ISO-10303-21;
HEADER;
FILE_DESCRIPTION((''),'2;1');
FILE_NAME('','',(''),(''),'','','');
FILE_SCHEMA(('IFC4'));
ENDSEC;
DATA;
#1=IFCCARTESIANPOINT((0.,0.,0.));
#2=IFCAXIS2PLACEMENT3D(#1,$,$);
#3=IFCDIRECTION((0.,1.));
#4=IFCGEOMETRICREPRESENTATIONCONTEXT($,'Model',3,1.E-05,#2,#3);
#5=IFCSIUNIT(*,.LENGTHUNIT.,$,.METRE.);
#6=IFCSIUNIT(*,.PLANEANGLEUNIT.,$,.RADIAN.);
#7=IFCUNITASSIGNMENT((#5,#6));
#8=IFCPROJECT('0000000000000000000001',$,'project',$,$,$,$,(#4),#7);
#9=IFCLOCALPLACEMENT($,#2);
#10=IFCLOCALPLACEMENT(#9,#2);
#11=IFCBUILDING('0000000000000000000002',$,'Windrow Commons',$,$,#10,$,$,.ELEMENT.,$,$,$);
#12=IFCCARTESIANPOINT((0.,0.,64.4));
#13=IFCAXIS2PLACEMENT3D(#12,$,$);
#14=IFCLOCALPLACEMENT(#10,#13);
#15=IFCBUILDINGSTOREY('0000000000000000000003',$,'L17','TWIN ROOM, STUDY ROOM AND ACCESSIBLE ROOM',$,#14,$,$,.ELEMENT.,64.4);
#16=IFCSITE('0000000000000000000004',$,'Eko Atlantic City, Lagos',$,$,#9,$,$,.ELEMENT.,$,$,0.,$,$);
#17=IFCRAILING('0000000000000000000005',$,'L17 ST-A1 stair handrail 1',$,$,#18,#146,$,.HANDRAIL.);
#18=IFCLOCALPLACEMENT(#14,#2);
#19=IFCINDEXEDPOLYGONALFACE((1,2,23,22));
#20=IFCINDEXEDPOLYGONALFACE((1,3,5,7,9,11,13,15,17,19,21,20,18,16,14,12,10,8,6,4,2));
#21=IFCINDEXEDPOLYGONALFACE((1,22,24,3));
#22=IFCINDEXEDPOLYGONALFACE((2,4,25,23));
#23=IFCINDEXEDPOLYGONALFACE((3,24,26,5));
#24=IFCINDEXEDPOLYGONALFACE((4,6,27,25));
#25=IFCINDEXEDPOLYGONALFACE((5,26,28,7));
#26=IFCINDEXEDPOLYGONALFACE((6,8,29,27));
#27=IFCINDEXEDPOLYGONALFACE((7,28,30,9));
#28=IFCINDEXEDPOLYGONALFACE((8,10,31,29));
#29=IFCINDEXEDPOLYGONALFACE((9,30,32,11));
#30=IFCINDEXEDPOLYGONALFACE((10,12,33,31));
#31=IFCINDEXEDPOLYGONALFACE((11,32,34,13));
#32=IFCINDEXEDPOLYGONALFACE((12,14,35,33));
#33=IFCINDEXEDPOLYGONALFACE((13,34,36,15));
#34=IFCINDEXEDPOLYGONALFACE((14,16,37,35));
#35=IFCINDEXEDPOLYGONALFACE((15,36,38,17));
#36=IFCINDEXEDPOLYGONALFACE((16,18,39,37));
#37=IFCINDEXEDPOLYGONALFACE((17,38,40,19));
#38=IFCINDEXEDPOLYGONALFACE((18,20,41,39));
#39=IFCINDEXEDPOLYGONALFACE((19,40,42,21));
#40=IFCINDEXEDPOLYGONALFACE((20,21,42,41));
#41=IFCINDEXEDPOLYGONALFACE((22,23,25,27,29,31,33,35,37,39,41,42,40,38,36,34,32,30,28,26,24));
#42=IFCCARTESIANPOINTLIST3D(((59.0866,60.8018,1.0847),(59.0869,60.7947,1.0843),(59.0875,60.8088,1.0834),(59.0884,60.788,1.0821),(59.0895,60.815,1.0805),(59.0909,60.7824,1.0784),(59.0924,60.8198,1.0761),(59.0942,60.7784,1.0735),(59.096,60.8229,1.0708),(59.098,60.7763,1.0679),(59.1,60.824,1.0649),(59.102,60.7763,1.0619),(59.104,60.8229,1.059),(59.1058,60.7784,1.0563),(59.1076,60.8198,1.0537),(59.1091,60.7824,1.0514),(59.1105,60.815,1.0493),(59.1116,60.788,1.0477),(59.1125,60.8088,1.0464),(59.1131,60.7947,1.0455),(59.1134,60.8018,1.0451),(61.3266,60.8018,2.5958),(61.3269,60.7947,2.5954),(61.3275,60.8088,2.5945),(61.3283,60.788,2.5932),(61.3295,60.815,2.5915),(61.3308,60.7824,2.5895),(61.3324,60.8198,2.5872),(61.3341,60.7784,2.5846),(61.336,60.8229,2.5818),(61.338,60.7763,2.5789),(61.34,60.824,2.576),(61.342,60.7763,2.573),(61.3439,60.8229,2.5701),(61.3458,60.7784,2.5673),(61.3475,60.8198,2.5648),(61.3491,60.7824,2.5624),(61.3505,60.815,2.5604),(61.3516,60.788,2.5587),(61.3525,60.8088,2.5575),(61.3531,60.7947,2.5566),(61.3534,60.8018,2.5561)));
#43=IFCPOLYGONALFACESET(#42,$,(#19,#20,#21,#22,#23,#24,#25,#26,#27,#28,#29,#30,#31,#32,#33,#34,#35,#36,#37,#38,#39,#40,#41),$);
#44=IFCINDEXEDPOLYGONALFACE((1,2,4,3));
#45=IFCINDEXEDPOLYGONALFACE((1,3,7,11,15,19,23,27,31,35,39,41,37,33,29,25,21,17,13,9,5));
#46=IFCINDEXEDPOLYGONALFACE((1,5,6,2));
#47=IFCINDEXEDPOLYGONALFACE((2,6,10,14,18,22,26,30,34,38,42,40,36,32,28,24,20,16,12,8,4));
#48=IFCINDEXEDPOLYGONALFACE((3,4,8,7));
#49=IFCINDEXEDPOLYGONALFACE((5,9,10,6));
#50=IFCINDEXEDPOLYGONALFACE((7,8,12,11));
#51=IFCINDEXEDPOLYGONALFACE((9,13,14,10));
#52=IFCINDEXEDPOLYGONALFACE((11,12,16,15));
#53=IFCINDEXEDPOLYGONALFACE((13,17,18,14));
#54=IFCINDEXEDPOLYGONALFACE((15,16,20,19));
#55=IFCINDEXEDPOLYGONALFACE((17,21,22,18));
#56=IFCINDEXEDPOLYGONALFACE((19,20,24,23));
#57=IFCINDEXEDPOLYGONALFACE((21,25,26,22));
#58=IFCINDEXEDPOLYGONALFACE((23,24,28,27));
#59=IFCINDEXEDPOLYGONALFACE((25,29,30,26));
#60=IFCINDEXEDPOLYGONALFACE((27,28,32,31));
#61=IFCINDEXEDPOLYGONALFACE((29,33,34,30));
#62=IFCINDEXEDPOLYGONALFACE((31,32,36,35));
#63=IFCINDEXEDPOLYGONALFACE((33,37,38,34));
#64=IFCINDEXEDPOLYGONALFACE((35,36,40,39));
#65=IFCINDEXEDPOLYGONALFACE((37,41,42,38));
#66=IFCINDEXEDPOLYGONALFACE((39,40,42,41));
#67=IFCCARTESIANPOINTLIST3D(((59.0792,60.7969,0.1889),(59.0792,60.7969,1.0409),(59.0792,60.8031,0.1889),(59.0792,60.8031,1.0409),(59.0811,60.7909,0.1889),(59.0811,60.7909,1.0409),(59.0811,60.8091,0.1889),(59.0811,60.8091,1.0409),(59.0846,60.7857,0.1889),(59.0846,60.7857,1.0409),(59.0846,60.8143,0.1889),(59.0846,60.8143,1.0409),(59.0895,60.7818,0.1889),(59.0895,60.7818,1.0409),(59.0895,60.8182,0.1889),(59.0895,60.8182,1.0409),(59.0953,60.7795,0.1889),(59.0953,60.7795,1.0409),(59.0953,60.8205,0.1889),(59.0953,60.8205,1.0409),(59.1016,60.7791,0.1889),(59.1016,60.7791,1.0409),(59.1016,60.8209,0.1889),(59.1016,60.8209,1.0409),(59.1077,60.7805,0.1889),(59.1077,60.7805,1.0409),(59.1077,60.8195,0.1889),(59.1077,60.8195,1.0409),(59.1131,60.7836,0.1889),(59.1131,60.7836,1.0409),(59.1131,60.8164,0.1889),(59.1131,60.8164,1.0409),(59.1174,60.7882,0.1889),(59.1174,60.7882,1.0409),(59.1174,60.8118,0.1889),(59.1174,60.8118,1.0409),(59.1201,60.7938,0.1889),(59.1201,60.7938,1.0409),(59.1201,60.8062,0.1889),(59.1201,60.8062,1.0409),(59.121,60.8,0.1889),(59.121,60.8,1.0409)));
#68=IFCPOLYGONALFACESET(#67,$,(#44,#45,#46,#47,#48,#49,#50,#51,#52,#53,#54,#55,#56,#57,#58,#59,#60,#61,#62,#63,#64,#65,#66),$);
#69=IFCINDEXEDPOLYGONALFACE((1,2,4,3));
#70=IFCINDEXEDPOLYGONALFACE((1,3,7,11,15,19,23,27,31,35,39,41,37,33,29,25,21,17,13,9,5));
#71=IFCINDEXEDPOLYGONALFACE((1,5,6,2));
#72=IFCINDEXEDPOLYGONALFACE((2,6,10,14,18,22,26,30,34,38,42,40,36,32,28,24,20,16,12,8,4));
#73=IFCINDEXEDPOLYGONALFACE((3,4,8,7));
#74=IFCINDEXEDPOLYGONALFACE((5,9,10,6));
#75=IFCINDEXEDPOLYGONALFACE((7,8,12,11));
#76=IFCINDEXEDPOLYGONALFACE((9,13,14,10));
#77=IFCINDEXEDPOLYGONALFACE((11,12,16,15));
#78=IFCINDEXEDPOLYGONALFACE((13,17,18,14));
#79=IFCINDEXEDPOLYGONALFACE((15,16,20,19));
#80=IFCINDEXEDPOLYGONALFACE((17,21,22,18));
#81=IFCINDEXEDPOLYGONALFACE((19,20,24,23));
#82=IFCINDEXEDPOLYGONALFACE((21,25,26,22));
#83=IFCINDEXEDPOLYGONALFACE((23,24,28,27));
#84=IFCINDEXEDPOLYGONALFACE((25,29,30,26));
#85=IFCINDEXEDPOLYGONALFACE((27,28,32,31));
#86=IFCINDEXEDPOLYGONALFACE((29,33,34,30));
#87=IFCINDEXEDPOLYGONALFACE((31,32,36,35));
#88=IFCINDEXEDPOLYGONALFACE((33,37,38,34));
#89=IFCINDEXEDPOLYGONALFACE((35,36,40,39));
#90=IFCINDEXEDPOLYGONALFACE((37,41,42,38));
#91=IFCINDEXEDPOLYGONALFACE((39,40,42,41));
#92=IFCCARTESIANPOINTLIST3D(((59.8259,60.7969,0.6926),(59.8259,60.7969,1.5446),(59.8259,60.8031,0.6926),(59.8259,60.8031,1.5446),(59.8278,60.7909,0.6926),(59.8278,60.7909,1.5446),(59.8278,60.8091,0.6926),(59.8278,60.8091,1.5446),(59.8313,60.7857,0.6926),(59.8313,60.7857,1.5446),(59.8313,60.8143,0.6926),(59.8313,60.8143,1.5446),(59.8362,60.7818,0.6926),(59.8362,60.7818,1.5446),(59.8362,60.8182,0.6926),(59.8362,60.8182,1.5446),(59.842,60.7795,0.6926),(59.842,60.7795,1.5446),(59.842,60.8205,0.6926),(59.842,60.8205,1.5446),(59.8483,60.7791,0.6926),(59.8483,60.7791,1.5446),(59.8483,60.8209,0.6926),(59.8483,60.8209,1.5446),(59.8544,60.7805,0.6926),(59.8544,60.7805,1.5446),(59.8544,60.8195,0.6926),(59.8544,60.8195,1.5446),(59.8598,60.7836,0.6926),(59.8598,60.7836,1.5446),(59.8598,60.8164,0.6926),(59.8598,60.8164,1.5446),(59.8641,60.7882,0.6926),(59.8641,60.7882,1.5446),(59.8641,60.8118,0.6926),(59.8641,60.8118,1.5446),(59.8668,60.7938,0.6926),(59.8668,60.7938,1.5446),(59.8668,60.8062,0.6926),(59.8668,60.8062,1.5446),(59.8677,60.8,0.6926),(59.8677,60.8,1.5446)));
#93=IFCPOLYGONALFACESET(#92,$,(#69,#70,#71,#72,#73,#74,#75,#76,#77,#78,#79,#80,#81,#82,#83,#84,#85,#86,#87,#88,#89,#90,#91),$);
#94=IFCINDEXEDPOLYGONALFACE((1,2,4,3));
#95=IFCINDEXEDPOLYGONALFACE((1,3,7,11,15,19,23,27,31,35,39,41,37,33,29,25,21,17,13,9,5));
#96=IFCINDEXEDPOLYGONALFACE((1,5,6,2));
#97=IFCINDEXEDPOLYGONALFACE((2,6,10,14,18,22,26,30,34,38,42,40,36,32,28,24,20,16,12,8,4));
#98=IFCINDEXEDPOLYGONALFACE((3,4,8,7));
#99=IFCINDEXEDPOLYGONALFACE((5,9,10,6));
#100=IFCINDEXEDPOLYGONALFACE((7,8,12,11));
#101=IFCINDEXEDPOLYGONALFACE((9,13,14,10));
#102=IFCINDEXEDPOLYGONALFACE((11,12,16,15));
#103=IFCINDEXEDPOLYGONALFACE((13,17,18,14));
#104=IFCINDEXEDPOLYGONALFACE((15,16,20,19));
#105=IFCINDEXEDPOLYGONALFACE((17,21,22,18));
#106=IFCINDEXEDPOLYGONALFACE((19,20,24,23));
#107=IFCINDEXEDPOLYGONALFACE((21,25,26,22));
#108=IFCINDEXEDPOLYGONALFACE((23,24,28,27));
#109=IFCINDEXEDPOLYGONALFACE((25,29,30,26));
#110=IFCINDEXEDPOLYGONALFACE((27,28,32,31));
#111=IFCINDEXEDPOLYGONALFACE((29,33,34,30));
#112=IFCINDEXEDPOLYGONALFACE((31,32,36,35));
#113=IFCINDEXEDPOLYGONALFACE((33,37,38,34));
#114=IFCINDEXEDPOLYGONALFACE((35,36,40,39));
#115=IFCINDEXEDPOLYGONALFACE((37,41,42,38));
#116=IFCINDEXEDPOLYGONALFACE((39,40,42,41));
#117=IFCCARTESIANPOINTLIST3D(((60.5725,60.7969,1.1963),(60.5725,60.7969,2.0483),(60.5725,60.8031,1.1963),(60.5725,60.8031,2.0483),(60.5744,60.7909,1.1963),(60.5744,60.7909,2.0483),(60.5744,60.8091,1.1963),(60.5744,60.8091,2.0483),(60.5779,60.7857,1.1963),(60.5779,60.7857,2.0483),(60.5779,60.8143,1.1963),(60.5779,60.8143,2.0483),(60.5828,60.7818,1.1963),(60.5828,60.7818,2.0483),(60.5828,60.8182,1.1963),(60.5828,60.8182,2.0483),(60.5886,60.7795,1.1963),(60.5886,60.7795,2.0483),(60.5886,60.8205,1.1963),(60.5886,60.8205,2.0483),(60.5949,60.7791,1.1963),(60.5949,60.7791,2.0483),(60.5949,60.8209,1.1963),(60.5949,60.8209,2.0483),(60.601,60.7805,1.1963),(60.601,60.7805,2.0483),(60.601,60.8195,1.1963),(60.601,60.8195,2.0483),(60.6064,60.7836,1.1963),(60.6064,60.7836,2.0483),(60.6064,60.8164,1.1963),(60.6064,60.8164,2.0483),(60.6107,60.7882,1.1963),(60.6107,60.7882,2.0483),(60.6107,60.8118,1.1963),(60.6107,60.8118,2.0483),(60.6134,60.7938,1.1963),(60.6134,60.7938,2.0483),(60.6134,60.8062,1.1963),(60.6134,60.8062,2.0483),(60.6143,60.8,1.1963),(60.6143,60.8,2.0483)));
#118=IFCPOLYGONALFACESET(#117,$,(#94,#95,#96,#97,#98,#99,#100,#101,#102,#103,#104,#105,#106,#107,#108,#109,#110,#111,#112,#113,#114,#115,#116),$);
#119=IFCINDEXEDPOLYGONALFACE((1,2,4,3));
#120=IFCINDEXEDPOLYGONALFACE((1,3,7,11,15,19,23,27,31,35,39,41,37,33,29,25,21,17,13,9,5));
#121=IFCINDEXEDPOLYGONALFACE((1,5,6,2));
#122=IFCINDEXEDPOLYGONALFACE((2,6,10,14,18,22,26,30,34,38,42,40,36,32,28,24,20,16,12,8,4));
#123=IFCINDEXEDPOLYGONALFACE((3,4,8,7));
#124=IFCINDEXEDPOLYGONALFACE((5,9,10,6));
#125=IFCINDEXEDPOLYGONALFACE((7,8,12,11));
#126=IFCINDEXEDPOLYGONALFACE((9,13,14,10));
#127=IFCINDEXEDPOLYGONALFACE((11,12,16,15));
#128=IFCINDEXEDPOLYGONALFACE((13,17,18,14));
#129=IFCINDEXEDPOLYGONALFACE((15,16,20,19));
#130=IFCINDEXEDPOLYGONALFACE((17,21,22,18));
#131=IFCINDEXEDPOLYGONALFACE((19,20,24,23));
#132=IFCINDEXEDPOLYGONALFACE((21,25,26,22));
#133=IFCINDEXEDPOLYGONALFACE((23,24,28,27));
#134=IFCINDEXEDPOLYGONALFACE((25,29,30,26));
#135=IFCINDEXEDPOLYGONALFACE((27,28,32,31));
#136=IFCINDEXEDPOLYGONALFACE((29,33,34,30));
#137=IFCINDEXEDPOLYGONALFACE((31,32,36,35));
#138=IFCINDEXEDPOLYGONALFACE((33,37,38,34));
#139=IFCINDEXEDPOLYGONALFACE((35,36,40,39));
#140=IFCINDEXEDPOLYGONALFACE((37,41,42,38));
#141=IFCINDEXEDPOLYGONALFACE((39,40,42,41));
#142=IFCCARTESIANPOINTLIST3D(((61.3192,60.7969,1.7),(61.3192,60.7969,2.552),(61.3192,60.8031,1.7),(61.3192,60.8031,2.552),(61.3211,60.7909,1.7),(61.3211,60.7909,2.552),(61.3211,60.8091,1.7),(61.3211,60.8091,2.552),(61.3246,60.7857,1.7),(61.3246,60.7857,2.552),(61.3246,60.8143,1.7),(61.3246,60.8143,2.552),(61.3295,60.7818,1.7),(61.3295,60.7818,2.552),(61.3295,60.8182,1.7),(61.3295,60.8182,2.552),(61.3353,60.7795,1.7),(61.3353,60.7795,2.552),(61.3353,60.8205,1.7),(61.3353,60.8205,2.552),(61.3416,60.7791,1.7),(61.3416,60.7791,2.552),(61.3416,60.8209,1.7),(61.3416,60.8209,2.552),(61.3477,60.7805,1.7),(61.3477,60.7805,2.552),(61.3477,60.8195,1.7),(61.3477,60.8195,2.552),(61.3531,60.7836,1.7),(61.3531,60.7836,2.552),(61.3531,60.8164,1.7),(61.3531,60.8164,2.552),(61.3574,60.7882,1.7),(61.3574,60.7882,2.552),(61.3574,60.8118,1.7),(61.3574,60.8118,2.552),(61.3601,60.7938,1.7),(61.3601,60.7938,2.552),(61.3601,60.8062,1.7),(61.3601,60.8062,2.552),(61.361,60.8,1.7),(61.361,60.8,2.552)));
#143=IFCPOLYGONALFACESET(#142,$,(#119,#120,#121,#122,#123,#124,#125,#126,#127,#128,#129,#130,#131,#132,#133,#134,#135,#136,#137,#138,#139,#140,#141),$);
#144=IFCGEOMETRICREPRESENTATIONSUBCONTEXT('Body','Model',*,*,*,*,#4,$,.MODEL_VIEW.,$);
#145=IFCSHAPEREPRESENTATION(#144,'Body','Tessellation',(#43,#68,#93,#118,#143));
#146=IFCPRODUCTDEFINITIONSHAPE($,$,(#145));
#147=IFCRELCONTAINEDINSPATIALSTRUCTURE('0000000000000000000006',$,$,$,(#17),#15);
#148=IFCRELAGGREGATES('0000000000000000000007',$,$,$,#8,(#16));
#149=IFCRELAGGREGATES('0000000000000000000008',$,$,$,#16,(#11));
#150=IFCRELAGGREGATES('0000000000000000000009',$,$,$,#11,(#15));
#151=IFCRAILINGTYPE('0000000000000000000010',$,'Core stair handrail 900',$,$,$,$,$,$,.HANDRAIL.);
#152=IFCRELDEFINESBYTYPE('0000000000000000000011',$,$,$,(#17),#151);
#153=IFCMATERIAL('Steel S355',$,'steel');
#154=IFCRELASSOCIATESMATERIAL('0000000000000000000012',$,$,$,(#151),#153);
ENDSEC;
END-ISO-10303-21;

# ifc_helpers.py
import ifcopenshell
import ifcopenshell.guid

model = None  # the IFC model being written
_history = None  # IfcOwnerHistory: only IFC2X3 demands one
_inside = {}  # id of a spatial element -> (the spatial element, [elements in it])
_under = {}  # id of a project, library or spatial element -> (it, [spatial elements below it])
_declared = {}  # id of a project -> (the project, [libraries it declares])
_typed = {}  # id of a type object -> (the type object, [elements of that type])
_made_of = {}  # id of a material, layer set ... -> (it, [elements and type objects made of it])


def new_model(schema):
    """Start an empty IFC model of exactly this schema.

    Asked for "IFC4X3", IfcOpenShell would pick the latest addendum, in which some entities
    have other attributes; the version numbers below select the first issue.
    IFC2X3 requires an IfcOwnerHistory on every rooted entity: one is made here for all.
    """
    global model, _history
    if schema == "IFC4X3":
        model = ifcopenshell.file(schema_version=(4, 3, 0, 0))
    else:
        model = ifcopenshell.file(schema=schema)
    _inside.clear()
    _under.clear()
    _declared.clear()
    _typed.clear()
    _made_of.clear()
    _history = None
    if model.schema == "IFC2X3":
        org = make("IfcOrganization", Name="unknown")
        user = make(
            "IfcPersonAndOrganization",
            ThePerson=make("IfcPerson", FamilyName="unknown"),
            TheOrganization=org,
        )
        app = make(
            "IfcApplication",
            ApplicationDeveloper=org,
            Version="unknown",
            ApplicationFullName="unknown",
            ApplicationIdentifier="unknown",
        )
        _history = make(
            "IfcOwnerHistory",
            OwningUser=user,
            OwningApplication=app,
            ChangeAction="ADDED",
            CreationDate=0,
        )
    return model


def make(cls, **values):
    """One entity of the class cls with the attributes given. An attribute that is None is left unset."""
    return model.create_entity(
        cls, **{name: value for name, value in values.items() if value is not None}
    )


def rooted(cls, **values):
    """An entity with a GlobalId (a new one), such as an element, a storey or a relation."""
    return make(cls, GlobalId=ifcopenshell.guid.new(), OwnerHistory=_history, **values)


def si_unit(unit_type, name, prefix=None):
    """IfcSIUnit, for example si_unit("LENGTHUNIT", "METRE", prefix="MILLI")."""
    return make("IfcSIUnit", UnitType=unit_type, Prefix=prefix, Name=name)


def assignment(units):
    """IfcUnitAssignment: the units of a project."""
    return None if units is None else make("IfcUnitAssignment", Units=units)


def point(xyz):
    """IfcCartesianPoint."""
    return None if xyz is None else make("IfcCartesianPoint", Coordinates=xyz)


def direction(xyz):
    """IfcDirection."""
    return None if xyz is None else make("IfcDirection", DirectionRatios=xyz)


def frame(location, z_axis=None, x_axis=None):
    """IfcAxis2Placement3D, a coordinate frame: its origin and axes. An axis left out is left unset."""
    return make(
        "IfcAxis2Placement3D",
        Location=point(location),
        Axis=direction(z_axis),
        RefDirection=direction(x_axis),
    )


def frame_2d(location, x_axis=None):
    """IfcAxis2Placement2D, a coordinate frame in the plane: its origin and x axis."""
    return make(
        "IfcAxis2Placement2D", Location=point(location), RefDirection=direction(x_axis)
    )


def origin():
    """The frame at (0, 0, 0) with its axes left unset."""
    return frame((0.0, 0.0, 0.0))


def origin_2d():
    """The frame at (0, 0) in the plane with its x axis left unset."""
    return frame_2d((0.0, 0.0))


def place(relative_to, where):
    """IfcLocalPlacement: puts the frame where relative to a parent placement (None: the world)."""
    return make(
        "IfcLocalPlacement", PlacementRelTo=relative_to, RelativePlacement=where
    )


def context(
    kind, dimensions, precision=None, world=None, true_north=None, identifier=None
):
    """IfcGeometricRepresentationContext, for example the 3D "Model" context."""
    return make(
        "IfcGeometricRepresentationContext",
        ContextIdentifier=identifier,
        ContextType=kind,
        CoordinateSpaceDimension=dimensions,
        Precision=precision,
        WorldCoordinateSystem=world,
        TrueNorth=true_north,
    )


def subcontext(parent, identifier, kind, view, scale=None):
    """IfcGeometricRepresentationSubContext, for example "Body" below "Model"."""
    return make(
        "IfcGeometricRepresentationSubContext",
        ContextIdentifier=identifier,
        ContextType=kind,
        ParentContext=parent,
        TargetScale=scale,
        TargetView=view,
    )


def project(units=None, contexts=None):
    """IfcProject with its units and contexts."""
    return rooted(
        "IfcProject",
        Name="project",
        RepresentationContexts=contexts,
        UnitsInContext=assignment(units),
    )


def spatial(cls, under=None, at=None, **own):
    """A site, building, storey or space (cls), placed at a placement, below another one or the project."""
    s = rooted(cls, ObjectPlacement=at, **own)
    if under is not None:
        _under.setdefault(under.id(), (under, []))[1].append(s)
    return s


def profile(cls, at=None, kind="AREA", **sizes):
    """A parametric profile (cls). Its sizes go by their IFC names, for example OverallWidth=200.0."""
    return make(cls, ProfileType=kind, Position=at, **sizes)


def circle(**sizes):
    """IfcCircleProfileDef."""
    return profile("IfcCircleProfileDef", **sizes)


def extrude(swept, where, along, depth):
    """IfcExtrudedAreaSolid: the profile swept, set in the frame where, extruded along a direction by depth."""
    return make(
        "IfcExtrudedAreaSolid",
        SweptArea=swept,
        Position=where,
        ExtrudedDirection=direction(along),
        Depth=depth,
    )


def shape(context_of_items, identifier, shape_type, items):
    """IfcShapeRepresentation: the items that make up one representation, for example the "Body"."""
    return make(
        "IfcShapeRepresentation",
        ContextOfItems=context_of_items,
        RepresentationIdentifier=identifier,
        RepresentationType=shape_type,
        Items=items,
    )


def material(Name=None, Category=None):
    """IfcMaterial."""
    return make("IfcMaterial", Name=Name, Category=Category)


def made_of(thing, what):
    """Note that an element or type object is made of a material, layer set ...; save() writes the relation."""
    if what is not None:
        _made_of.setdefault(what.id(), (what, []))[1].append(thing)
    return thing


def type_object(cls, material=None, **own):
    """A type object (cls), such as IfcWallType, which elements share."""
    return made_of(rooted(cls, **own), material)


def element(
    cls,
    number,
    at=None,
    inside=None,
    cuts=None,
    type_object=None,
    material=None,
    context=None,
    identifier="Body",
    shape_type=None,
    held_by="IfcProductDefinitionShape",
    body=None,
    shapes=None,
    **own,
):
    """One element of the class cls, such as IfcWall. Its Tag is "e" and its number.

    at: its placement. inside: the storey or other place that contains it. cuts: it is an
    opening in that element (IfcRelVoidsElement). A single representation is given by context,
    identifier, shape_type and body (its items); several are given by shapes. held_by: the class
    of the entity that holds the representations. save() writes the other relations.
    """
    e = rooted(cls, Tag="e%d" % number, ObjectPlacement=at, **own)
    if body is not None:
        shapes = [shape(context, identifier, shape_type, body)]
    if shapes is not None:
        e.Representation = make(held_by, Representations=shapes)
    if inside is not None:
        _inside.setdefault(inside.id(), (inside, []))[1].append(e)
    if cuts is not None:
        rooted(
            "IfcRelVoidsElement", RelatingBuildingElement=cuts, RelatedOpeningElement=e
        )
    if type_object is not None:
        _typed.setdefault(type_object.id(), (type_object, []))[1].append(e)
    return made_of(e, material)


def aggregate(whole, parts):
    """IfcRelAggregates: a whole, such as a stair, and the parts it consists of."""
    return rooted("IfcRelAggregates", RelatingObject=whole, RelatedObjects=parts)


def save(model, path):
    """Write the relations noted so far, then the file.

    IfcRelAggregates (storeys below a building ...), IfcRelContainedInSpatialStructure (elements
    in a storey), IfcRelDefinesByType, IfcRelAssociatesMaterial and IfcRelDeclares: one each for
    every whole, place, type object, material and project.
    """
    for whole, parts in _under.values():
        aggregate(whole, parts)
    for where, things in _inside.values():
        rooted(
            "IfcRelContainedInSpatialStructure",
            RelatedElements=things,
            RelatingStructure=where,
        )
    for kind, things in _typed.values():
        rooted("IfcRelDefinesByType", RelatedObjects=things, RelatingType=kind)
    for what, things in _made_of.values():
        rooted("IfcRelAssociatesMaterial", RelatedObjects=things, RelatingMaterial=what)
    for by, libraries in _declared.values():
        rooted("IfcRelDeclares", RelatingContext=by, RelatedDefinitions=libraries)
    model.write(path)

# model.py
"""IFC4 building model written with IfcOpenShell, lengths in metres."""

from ifc_helpers import new_model, si_unit, direction, frame, origin, origin_2d, place, context, subcontext, project, spatial, circle, extrude, material, type_object, element, save


model = new_model("IFC4")

# Units and contexts
model_context = context("Model", 3, precision=1e-05, world=origin(), true_north=direction((0.0, 1.0)))
body_context = subcontext(model_context, "Body", "Model", "MODEL_VIEW")
ifc_project = project(units=[si_unit("LENGTHUNIT", "METRE"), si_unit("PLANEANGLEUNIT", "RADIAN")], contexts=[model_context])

# Site, building, storey
site_placement = place(None, origin())
site = spatial("IfcSite", under=ifc_project, at=site_placement, Name="Eko Atlantic City, Lagos", CompositionType="ELEMENT", RefElevation=0.0)
building_placement = place(site_placement, origin())
building = spatial("IfcBuilding", under=site, at=building_placement, Name="Windrow Commons", CompositionType="ELEMENT")
storey_placement = place(building_placement, frame((0.0, 0.0, 64.4)))
storey = spatial("IfcBuildingStorey", under=building, at=storey_placement, Name="L17", Description="TWIN ROOM, STUDY ROOM AND ACCESSIBLE ROOM", CompositionType="ELEMENT", Elevation=64.4)

# Railing
ifc_material_1 = material(Name="Steel S355", Category="steel")
railing_type_1 = type_object("IfcRailingType", Name="Core stair handrail 900", PredefinedType="HANDRAIL", material=ifc_material_1)
railing_1_placement = place(storey_placement, frame((59.1, 60.8, 0.1889)))
element("IfcRailing", 1, at=railing_1_placement, inside=storey, type_object=railing_type_1, Name="L17 ST-A1 stair handrail 1", PredefinedType="HANDRAIL", context=body_context, shape_type="SweptSolid", body=[
    extrude(circle(Radius=0.024, at=origin_2d()), frame((0.0, 0.0, 0.876), z_axis=(0.829003, 0.0, 0.559244), x_axis=(0.0, 1.0, 0.0)), (0.0, 0.0, 1.0), 2.702),
    extrude(circle(Radius=0.021, at=origin_2d()), origin(), (0.0, 0.0, 1.0), 0.852),
    extrude(circle(Radius=0.021, at=origin_2d()), frame((0.7467, 0.0, 0.5037)), (0.0, 0.0, 1.0), 0.852),
    extrude(circle(Radius=0.021, at=origin_2d()), frame((1.4933, 0.0, 1.0074)), (0.0, 0.0, 1.0), 0.852),
    extrude(circle(Radius=0.021, at=origin_2d()), frame((2.24, 0.0, 1.5111)), (0.0, 0.0, 1.0), 0.852),
])

save(model, "model.ifc")
